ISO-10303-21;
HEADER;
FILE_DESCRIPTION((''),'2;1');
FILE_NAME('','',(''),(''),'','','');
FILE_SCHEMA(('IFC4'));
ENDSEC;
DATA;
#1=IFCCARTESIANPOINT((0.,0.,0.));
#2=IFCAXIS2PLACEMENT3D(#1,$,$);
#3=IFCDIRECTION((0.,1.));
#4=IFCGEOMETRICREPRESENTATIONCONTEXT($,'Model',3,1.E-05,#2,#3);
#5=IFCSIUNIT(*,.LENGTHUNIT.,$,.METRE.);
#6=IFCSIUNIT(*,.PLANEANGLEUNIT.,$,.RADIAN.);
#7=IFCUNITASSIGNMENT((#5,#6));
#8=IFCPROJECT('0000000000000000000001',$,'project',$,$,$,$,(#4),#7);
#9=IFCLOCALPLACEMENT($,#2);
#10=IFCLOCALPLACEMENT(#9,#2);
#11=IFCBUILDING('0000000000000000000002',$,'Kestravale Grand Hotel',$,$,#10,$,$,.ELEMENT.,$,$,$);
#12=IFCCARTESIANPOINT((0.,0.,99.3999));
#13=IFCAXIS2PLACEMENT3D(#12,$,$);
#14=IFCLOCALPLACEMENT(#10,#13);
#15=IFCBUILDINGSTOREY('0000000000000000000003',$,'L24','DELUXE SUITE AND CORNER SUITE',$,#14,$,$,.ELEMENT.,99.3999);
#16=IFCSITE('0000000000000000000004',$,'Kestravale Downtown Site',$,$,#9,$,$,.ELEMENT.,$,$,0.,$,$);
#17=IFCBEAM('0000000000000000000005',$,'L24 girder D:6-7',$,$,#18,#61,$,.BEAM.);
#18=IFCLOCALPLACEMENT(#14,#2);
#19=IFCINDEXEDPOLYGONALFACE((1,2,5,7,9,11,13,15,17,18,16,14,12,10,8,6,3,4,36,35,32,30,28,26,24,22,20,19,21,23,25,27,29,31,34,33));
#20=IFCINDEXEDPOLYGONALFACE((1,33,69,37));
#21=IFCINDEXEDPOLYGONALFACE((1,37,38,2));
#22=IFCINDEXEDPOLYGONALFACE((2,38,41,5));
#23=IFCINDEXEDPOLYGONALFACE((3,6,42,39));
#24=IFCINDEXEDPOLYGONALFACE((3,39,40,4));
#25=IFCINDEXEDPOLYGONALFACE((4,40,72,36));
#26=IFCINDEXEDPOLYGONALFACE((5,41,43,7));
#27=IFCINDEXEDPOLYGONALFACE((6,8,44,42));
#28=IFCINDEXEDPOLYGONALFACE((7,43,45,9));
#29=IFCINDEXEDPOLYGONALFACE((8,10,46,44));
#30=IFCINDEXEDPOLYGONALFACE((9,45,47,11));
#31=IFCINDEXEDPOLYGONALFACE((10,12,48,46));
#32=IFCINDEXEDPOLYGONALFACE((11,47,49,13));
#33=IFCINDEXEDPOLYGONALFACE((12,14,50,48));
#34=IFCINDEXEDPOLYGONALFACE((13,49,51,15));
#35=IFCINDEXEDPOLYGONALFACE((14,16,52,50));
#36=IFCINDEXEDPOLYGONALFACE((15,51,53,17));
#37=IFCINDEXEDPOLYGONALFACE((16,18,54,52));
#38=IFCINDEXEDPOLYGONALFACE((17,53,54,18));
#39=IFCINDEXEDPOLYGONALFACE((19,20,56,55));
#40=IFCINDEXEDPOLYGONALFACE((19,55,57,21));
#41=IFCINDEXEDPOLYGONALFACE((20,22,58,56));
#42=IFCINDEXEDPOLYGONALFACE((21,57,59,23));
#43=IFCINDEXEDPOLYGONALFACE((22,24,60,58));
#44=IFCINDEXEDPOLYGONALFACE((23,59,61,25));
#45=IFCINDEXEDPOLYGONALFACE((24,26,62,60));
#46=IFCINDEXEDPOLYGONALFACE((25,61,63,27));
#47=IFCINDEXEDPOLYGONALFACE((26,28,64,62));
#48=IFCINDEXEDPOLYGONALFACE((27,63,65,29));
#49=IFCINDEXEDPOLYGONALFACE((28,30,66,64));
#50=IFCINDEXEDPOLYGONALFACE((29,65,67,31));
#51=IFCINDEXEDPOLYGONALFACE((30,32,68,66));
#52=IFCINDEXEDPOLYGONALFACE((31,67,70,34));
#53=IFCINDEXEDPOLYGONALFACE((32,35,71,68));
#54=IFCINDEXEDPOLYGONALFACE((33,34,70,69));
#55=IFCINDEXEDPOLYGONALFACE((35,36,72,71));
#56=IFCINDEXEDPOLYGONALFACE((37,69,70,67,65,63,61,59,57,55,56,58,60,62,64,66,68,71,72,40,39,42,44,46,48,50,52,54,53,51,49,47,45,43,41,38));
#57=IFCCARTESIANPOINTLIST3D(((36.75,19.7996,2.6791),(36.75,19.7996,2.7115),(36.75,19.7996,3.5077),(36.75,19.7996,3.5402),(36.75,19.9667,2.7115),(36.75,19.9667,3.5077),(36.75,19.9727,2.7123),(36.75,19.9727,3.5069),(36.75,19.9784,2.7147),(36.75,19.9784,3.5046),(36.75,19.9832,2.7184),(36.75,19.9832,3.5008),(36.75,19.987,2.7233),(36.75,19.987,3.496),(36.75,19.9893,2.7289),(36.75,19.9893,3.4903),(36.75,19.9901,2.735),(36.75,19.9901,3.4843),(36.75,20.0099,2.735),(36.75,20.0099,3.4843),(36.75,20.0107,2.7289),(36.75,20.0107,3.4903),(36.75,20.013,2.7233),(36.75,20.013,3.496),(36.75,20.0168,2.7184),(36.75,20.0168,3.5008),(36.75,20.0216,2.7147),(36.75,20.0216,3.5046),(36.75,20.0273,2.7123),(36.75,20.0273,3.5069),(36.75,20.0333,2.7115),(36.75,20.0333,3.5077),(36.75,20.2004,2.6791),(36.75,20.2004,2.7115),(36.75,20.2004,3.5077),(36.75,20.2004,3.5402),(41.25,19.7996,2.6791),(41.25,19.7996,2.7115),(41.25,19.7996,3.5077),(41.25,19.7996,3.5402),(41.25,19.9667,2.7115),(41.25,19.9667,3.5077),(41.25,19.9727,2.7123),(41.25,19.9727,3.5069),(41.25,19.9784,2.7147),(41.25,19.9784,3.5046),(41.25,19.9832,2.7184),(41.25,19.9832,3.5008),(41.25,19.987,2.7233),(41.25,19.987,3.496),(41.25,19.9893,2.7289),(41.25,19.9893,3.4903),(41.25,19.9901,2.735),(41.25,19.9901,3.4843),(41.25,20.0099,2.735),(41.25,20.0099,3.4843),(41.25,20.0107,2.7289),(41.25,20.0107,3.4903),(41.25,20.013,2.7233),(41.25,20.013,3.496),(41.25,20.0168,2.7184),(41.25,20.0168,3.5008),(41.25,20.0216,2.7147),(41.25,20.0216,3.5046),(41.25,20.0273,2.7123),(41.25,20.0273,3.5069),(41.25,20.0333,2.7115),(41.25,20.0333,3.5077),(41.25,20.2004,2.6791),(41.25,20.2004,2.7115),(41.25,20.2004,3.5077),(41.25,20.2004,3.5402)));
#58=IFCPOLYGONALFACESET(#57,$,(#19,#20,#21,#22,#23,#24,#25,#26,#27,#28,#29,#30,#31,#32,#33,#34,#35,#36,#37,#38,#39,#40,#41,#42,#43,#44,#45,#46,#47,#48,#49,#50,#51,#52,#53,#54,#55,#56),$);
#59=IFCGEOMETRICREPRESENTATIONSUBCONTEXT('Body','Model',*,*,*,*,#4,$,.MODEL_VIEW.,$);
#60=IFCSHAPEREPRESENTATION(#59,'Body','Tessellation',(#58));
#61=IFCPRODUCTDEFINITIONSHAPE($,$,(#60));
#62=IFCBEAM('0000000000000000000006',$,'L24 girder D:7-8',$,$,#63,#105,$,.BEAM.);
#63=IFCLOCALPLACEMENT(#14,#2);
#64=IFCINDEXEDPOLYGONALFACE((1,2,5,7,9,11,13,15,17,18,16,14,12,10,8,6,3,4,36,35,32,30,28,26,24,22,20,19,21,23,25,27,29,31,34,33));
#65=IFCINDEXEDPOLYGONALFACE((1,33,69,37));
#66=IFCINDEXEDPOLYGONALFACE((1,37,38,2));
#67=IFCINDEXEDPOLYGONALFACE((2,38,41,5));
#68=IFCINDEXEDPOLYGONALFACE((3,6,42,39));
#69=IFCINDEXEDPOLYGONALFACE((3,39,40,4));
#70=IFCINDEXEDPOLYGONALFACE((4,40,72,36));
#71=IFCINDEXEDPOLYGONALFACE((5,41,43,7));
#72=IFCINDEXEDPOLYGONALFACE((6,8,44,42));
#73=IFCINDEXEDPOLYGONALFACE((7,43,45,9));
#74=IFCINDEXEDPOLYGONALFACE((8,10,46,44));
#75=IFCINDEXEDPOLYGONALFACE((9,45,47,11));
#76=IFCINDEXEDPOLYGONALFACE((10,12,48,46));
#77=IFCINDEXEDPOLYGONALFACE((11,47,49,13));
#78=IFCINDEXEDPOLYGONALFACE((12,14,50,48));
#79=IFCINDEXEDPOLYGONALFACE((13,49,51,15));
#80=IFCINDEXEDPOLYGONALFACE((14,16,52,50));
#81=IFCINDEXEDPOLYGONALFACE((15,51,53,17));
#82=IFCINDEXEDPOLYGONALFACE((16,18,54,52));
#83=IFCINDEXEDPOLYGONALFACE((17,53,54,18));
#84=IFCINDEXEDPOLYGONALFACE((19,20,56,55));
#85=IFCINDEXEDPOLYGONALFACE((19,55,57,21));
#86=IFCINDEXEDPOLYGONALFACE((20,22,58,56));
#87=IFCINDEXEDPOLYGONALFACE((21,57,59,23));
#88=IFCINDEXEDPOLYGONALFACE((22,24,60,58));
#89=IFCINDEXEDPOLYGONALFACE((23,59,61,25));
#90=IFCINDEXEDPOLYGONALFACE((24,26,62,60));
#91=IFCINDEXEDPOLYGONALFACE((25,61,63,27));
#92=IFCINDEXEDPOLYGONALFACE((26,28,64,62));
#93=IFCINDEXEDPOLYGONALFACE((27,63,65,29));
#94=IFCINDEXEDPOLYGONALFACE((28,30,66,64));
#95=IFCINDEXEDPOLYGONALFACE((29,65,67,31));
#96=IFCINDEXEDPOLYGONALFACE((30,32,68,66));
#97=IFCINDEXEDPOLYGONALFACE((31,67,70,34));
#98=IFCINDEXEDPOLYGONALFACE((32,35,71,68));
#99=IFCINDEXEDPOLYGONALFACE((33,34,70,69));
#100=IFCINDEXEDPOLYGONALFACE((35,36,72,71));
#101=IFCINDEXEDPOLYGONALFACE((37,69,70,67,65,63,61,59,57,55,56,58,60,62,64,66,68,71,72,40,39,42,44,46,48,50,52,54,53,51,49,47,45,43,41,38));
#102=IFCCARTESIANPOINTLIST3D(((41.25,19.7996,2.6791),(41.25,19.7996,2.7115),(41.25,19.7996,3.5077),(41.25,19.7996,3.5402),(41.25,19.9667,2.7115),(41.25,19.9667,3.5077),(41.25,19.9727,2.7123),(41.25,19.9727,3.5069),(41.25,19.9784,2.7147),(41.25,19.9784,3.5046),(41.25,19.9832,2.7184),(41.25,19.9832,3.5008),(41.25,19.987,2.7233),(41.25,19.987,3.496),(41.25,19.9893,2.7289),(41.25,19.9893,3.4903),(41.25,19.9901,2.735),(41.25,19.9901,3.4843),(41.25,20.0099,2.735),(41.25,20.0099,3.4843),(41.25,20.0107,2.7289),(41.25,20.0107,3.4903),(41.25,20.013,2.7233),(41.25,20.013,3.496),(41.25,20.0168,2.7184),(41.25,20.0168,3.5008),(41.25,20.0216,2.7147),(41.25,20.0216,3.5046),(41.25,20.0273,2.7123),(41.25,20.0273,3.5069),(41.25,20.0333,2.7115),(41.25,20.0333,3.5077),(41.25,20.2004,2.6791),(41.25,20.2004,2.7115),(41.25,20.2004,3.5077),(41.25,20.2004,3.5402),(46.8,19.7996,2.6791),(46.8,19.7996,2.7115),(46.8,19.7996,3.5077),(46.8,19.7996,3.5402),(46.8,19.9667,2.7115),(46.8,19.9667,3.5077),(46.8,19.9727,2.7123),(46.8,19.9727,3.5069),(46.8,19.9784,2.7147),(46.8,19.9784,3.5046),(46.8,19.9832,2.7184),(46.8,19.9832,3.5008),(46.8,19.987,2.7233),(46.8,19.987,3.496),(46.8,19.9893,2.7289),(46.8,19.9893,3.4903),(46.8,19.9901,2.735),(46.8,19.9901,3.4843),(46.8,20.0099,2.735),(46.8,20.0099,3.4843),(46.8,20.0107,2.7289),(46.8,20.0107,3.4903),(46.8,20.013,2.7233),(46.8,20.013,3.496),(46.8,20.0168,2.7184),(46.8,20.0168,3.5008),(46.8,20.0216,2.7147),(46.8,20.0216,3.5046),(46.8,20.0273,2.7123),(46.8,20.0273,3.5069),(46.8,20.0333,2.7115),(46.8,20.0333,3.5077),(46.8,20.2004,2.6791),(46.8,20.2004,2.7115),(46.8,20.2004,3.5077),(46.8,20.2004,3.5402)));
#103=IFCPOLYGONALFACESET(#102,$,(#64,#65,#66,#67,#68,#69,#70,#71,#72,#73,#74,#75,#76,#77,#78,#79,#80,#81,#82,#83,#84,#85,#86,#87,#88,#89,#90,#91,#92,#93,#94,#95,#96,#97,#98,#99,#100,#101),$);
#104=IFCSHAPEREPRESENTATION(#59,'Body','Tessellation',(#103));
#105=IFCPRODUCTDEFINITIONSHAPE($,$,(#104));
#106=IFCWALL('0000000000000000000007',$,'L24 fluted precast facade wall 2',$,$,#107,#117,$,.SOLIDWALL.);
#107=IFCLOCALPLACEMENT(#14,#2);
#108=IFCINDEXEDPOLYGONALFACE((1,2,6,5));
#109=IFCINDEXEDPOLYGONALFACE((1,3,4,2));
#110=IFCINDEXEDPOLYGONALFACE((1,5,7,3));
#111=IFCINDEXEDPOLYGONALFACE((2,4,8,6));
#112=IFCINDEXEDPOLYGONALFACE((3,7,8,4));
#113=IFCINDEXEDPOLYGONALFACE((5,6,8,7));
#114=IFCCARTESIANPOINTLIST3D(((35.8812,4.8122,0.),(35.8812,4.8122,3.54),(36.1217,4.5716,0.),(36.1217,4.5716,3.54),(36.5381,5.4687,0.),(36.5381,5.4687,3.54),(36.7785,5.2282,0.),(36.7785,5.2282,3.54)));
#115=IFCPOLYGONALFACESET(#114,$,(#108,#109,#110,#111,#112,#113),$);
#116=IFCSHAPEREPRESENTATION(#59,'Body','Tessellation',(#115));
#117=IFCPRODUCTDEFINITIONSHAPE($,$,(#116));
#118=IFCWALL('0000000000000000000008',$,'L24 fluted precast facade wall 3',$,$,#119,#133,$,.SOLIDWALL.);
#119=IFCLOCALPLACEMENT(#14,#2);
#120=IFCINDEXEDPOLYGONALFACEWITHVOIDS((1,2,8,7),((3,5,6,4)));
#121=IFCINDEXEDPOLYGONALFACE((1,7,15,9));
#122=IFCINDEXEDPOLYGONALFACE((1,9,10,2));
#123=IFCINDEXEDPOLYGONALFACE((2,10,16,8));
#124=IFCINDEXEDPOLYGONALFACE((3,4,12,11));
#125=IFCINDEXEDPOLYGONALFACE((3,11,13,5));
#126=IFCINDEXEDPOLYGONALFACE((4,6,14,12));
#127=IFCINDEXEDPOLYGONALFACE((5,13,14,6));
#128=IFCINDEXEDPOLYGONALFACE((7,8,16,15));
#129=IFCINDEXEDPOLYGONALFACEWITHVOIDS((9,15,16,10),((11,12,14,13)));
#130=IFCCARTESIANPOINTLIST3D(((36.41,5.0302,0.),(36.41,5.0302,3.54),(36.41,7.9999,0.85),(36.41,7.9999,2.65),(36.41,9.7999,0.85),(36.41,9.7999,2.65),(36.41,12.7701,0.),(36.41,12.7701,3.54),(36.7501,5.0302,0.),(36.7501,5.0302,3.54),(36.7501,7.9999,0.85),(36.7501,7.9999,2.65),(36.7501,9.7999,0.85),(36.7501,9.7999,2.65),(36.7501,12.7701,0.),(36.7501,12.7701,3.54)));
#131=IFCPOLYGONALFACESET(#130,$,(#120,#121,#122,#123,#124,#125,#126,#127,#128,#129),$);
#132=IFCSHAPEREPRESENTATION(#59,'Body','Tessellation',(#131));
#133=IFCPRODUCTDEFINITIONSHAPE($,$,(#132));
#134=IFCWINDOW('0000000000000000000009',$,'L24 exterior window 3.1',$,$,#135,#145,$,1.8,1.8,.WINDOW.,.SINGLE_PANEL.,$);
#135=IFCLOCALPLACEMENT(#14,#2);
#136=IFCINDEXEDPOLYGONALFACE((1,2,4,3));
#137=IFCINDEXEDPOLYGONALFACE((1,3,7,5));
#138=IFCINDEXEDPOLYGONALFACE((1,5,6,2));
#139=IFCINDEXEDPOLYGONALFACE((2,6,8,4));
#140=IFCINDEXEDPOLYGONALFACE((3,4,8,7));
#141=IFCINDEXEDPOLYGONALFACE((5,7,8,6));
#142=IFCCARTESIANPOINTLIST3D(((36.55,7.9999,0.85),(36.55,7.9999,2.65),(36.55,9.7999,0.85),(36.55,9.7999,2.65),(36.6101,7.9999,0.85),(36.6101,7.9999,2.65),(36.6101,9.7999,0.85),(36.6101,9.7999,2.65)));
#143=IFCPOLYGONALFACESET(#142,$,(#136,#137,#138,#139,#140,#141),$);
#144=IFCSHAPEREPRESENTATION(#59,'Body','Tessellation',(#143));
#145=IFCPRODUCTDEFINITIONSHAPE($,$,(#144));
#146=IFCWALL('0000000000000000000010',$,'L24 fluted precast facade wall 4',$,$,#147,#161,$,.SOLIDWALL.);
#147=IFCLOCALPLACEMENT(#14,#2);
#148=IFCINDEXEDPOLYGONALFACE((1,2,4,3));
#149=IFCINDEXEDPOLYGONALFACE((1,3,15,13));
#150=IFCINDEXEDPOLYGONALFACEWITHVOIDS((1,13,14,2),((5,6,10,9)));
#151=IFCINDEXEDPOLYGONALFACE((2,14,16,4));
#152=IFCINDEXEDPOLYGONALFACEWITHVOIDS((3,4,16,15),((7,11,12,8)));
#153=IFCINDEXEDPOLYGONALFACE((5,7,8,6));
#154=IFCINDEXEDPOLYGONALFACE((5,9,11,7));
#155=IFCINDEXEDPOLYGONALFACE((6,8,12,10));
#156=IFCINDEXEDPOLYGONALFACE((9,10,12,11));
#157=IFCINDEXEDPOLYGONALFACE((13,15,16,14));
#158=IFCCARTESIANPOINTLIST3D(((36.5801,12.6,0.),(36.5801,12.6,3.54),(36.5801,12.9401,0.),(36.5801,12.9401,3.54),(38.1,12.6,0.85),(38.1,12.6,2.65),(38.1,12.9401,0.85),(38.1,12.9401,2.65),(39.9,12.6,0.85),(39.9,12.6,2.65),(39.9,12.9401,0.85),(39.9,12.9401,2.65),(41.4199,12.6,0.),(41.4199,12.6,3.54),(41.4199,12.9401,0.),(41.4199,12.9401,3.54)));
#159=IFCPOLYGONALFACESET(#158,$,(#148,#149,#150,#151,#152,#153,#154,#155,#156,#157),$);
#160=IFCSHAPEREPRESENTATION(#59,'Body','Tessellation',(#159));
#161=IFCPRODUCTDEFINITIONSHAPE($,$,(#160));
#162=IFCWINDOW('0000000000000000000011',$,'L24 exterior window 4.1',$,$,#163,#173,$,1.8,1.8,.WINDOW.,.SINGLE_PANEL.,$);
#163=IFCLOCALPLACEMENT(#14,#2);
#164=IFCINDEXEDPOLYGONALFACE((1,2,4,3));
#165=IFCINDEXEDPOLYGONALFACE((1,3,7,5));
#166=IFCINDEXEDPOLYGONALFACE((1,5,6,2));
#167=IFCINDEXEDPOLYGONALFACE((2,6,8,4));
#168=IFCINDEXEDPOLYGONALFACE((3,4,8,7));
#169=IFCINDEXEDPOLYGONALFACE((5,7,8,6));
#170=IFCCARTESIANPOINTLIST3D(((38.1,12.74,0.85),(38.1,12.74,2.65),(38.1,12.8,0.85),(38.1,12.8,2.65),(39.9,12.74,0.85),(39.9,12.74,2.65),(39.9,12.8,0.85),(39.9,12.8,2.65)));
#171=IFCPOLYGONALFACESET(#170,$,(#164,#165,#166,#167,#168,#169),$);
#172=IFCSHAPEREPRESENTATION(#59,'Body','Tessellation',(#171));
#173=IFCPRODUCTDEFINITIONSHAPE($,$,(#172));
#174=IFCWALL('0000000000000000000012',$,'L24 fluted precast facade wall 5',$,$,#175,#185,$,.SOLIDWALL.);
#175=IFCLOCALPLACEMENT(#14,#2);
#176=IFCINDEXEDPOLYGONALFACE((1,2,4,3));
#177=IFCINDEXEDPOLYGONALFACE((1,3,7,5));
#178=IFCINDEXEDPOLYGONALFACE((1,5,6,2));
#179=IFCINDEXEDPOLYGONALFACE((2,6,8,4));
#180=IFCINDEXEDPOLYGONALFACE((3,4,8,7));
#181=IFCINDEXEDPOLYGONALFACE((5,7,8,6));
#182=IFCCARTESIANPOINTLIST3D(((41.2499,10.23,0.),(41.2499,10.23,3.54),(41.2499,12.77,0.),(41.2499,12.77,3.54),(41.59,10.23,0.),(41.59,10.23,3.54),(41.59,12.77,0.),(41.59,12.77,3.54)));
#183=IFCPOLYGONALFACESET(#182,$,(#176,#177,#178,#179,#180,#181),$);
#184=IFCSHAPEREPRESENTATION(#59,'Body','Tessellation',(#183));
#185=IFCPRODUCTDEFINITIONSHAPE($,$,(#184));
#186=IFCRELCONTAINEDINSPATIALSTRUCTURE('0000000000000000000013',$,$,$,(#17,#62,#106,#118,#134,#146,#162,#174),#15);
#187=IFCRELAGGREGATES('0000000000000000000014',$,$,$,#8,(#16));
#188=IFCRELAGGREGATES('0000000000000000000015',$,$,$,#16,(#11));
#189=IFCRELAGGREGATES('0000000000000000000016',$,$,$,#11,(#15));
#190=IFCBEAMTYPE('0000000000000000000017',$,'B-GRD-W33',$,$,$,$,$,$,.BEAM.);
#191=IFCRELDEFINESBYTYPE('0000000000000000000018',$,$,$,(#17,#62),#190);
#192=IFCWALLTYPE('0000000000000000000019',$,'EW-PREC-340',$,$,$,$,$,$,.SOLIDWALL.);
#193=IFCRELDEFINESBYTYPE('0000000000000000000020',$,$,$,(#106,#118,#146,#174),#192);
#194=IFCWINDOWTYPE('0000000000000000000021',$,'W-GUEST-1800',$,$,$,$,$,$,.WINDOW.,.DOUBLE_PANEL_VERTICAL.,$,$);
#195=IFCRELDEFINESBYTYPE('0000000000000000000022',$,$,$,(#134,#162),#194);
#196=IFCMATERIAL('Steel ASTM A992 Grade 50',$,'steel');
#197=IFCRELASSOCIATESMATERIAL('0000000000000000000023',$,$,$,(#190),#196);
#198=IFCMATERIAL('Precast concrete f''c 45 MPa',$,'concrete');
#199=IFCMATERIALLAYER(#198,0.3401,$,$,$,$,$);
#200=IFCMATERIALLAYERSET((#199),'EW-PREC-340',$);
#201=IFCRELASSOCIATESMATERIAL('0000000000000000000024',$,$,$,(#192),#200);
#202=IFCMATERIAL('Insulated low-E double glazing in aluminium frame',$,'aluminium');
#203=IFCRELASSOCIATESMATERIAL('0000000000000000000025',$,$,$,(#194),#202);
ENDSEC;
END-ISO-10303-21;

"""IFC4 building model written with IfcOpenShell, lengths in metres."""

from ifc_helpers import new_model, si_unit, direction, frame, frame_2d, origin, origin_2d, place, context, subcontext, project, spatial, rectangle, i_section, extrude, material, layer, layer_set, material_profile, profile_set, type_object, element, fill, save


model = new_model("IFC4")

# Units and contexts
model_context = context("Model", 3, precision=1e-05, world=origin(), true_north=direction((0.0, 1.0)))
body_context = subcontext(model_context, "Body", "Model", "MODEL_VIEW")
ifc_project = project(units=[si_unit("LENGTHUNIT", "METRE"), si_unit("PLANEANGLEUNIT", "RADIAN")], contexts=[model_context])

# Site, building, storey
site_placement = place(None, origin())
site = spatial("IfcSite", under=ifc_project, at=site_placement, Name="Kestravale Downtown Site", CompositionType="ELEMENT", RefElevation=0.0)
building_placement = place(site_placement, origin())
building = spatial("IfcBuilding", under=site, at=building_placement, Name="Kestravale Grand Hotel", CompositionType="ELEMENT")
storey_placement = place(building_placement, frame((0.0, 0.0, 99.3999)))
storey = spatial("IfcBuildingStorey", under=building, at=storey_placement, Name="L24", Description="DELUXE SUITE AND CORNER SUITE", CompositionType="ELEMENT", Elevation=99.3999)

# Beams
ifc_material_1 = material(Name="Steel ASTM A992 Grade 50", Category="steel")
ifc_material_profile_1 = material_profile(ifc_material_1, i_section(OverallWidth=0.4009, OverallDepth=0.8611, WebThickness=0.0198, FlangeThickness=0.0325, FilletRadius=0.0234, at=origin_2d()))
ifc_profile_set_1 = profile_set([ifc_material_profile_1], Name="Steel ASTM A992 Grade 50")
beam_type_1 = type_object("IfcBeamType", Name="B-GRD-W33", PredefinedType="BEAM", material=ifc_profile_set_1)
beam_1_placement = place(storey_placement, frame((36.75, 20.0, 3.1096), z_axis=(1.0, 0.0, 0.0), x_axis=(0.0, 1.0, 0.0)))
element("IfcBeam", 1, at=beam_1_placement, inside=storey, type_object=beam_type_1, Name="L24 girder D:6-7", PredefinedType="BEAM", context=body_context, shape_type="SweptSolid", body=[
    extrude(i_section(OverallWidth=0.4009, OverallDepth=0.8611, WebThickness=0.0198, FlangeThickness=0.0325, FilletRadius=0.0234, at=origin_2d()), origin(), (0.0, 0.0, 1.0), 4.5),
])
beam_2_placement = place(storey_placement, frame((41.25, 20.0, 3.1096), z_axis=(1.0, 0.0, 0.0), x_axis=(0.0, 1.0, 0.0)))
element("IfcBeam", 2, at=beam_2_placement, inside=storey, type_object=beam_type_1, Name="L24 girder D:7-8", PredefinedType="BEAM", context=body_context, shape_type="SweptSolid", body=[
    extrude(i_section(OverallWidth=0.4009, OverallDepth=0.8611, WebThickness=0.0198, FlangeThickness=0.0325, FilletRadius=0.0234, at=origin_2d()), origin(), (0.0, 0.0, 1.0), 5.55),
])

# Wall
ifc_material_2 = material(Name="Precast concrete f'c 45 MPa", Category="concrete")
ifc_layer_1 = layer(ifc_material_2, 0.3401)
ifc_layer_set_1 = layer_set([ifc_layer_1], Name="EW-PREC-340")
wall_type_1 = type_object("IfcWallType", Name="EW-PREC-340", PredefinedType="SOLIDWALL", material=ifc_layer_set_1)
wall_1_placement = place(storey_placement, frame((36.0015, 4.6919, 0.0), z_axis=(0.0, 0.0, 1.0), x_axis=(0.707238, 0.706975, 0.0)))
element("IfcWall", 3, at=wall_1_placement, inside=storey, type_object=wall_type_1, Name="L24 fluted precast facade wall 2", PredefinedType="SOLIDWALL", context=body_context, shape_type="SweptSolid", body=[
    extrude(rectangle(XDim=0.9287, YDim=0.3401, at=frame_2d((0.4644, 0.0))), origin(), (0.0, 0.0, 1.0), 3.54),
])

# Walls, openings, windows
wall_2_placement = place(storey_placement, frame((36.5801, 5.03, 0.0), z_axis=(0.0, 0.0, 1.0), x_axis=(0.0, 1.0, 0.0)))
wall_2 = element("IfcWall", 4, at=wall_2_placement, inside=storey, type_object=wall_type_1, Name="L24 fluted precast facade wall 3", PredefinedType="SOLIDWALL", context=body_context, shape_type="SweptSolid", body=[
    extrude(rectangle(XDim=7.74, YDim=0.3401, at=frame_2d((3.8701, 0.0))), origin(), (0.0, 0.0, 1.0), 3.54),
])
opening_1_placement = place(wall_2_placement, frame((2.97, 0.0, 0.8501)))
opening_1 = element("IfcOpeningElement", 5, at=opening_1_placement, cuts=wall_2, PredefinedType="OPENING", context=body_context, shape_type="SweptSolid", body=[
    extrude(rectangle(XDim=1.8, YDim=1.8, at=frame_2d((0.8999, 0.8999))), frame((0.0, 0.1799, 0.0), z_axis=(0.0, -1.0, 0.0), x_axis=(1.0, 0.0, 0.0)), (0.0, 0.0, 1.0), 0.3601),
])
ifc_material_3 = material(Name="Insulated low-E double glazing in aluminium frame", Category="aluminium")
window_type = type_object("IfcWindowType", Name="W-GUEST-1800", PartitioningType="DOUBLE_PANEL_VERTICAL", PredefinedType="WINDOW", material=ifc_material_3)
window_1_placement = place(opening_1_placement, origin())
window_1 = element("IfcWindow", 6, at=window_1_placement, inside=storey, type_object=window_type, Name="L24 exterior window 3.1", OverallHeight=1.8, OverallWidth=1.8, PartitioningType="SINGLE_PANEL", PredefinedType="WINDOW", context=body_context, shape_type="SweptSolid", body=[
    extrude(rectangle(XDim=1.8, YDim=1.8, at=frame_2d((0.8999, 0.8999))), frame((0.0, 0.03, 0.0), z_axis=(0.0, -1.0, 0.0), x_axis=(1.0, 0.0, 0.0)), (0.0, 0.0, 1.0), 0.0601),
])
fill(opening_1, window_1)
wall_3_placement = place(storey_placement, frame((36.5801, 12.77, 0.0), z_axis=(0.0, 0.0, 1.0), x_axis=(1.0, 0.0, 0.0)))
wall_3 = element("IfcWall", 7, at=wall_3_placement, inside=storey, type_object=wall_type_1, Name="L24 fluted precast facade wall 4", PredefinedType="SOLIDWALL", context=body_context, shape_type="SweptSolid", body=[
    extrude(rectangle(XDim=4.8398, YDim=0.3401, at=frame_2d((2.4199, 0.0))), origin(), (0.0, 0.0, 1.0), 3.54),
])
opening_2_placement = place(wall_3_placement, frame((1.52, 0.0, 0.8501)))
opening_2 = element("IfcOpeningElement", 8, at=opening_2_placement, cuts=wall_3, PredefinedType="OPENING", context=body_context, shape_type="SweptSolid", body=[
    extrude(rectangle(XDim=1.8, YDim=1.8, at=frame_2d((0.8999, 0.8999))), frame((0.0, 0.1799, 0.0), z_axis=(0.0, -1.0, 0.0), x_axis=(1.0, 0.0, 0.0)), (0.0, 0.0, 1.0), 0.3601),
])
window_2_placement = place(opening_2_placement, origin())
window_2 = element("IfcWindow", 9, at=window_2_placement, inside=storey, type_object=window_type, Name="L24 exterior window 4.1", OverallHeight=1.8, OverallWidth=1.8, PartitioningType="SINGLE_PANEL", PredefinedType="WINDOW", context=body_context, shape_type="SweptSolid", body=[
    extrude(rectangle(XDim=1.8, YDim=1.8, at=frame_2d((0.8999, 0.8999))), frame((0.0, 0.03, 0.0), z_axis=(0.0, -1.0, 0.0), x_axis=(1.0, 0.0, 0.0)), (0.0, 0.0, 1.0), 0.0601),
])
fill(opening_2, window_2)

# Wall
wall_4_placement = place(storey_placement, frame((41.4199, 12.77, 0.0), z_axis=(0.0, 0.0, 1.0), x_axis=(0.0, -1.0, 0.0)))
element("IfcWall", 10, at=wall_4_placement, inside=storey, type_object=wall_type_1, Name="L24 fluted precast facade wall 5", PredefinedType="SOLIDWALL", context=body_context, shape_type="SweptSolid", body=[
    extrude(rectangle(XDim=2.54, YDim=0.3401, at=frame_2d((1.27, 0.0))), origin(), (0.0, 0.0, 1.0), 3.54),
])

save(model, "model.ifc")
